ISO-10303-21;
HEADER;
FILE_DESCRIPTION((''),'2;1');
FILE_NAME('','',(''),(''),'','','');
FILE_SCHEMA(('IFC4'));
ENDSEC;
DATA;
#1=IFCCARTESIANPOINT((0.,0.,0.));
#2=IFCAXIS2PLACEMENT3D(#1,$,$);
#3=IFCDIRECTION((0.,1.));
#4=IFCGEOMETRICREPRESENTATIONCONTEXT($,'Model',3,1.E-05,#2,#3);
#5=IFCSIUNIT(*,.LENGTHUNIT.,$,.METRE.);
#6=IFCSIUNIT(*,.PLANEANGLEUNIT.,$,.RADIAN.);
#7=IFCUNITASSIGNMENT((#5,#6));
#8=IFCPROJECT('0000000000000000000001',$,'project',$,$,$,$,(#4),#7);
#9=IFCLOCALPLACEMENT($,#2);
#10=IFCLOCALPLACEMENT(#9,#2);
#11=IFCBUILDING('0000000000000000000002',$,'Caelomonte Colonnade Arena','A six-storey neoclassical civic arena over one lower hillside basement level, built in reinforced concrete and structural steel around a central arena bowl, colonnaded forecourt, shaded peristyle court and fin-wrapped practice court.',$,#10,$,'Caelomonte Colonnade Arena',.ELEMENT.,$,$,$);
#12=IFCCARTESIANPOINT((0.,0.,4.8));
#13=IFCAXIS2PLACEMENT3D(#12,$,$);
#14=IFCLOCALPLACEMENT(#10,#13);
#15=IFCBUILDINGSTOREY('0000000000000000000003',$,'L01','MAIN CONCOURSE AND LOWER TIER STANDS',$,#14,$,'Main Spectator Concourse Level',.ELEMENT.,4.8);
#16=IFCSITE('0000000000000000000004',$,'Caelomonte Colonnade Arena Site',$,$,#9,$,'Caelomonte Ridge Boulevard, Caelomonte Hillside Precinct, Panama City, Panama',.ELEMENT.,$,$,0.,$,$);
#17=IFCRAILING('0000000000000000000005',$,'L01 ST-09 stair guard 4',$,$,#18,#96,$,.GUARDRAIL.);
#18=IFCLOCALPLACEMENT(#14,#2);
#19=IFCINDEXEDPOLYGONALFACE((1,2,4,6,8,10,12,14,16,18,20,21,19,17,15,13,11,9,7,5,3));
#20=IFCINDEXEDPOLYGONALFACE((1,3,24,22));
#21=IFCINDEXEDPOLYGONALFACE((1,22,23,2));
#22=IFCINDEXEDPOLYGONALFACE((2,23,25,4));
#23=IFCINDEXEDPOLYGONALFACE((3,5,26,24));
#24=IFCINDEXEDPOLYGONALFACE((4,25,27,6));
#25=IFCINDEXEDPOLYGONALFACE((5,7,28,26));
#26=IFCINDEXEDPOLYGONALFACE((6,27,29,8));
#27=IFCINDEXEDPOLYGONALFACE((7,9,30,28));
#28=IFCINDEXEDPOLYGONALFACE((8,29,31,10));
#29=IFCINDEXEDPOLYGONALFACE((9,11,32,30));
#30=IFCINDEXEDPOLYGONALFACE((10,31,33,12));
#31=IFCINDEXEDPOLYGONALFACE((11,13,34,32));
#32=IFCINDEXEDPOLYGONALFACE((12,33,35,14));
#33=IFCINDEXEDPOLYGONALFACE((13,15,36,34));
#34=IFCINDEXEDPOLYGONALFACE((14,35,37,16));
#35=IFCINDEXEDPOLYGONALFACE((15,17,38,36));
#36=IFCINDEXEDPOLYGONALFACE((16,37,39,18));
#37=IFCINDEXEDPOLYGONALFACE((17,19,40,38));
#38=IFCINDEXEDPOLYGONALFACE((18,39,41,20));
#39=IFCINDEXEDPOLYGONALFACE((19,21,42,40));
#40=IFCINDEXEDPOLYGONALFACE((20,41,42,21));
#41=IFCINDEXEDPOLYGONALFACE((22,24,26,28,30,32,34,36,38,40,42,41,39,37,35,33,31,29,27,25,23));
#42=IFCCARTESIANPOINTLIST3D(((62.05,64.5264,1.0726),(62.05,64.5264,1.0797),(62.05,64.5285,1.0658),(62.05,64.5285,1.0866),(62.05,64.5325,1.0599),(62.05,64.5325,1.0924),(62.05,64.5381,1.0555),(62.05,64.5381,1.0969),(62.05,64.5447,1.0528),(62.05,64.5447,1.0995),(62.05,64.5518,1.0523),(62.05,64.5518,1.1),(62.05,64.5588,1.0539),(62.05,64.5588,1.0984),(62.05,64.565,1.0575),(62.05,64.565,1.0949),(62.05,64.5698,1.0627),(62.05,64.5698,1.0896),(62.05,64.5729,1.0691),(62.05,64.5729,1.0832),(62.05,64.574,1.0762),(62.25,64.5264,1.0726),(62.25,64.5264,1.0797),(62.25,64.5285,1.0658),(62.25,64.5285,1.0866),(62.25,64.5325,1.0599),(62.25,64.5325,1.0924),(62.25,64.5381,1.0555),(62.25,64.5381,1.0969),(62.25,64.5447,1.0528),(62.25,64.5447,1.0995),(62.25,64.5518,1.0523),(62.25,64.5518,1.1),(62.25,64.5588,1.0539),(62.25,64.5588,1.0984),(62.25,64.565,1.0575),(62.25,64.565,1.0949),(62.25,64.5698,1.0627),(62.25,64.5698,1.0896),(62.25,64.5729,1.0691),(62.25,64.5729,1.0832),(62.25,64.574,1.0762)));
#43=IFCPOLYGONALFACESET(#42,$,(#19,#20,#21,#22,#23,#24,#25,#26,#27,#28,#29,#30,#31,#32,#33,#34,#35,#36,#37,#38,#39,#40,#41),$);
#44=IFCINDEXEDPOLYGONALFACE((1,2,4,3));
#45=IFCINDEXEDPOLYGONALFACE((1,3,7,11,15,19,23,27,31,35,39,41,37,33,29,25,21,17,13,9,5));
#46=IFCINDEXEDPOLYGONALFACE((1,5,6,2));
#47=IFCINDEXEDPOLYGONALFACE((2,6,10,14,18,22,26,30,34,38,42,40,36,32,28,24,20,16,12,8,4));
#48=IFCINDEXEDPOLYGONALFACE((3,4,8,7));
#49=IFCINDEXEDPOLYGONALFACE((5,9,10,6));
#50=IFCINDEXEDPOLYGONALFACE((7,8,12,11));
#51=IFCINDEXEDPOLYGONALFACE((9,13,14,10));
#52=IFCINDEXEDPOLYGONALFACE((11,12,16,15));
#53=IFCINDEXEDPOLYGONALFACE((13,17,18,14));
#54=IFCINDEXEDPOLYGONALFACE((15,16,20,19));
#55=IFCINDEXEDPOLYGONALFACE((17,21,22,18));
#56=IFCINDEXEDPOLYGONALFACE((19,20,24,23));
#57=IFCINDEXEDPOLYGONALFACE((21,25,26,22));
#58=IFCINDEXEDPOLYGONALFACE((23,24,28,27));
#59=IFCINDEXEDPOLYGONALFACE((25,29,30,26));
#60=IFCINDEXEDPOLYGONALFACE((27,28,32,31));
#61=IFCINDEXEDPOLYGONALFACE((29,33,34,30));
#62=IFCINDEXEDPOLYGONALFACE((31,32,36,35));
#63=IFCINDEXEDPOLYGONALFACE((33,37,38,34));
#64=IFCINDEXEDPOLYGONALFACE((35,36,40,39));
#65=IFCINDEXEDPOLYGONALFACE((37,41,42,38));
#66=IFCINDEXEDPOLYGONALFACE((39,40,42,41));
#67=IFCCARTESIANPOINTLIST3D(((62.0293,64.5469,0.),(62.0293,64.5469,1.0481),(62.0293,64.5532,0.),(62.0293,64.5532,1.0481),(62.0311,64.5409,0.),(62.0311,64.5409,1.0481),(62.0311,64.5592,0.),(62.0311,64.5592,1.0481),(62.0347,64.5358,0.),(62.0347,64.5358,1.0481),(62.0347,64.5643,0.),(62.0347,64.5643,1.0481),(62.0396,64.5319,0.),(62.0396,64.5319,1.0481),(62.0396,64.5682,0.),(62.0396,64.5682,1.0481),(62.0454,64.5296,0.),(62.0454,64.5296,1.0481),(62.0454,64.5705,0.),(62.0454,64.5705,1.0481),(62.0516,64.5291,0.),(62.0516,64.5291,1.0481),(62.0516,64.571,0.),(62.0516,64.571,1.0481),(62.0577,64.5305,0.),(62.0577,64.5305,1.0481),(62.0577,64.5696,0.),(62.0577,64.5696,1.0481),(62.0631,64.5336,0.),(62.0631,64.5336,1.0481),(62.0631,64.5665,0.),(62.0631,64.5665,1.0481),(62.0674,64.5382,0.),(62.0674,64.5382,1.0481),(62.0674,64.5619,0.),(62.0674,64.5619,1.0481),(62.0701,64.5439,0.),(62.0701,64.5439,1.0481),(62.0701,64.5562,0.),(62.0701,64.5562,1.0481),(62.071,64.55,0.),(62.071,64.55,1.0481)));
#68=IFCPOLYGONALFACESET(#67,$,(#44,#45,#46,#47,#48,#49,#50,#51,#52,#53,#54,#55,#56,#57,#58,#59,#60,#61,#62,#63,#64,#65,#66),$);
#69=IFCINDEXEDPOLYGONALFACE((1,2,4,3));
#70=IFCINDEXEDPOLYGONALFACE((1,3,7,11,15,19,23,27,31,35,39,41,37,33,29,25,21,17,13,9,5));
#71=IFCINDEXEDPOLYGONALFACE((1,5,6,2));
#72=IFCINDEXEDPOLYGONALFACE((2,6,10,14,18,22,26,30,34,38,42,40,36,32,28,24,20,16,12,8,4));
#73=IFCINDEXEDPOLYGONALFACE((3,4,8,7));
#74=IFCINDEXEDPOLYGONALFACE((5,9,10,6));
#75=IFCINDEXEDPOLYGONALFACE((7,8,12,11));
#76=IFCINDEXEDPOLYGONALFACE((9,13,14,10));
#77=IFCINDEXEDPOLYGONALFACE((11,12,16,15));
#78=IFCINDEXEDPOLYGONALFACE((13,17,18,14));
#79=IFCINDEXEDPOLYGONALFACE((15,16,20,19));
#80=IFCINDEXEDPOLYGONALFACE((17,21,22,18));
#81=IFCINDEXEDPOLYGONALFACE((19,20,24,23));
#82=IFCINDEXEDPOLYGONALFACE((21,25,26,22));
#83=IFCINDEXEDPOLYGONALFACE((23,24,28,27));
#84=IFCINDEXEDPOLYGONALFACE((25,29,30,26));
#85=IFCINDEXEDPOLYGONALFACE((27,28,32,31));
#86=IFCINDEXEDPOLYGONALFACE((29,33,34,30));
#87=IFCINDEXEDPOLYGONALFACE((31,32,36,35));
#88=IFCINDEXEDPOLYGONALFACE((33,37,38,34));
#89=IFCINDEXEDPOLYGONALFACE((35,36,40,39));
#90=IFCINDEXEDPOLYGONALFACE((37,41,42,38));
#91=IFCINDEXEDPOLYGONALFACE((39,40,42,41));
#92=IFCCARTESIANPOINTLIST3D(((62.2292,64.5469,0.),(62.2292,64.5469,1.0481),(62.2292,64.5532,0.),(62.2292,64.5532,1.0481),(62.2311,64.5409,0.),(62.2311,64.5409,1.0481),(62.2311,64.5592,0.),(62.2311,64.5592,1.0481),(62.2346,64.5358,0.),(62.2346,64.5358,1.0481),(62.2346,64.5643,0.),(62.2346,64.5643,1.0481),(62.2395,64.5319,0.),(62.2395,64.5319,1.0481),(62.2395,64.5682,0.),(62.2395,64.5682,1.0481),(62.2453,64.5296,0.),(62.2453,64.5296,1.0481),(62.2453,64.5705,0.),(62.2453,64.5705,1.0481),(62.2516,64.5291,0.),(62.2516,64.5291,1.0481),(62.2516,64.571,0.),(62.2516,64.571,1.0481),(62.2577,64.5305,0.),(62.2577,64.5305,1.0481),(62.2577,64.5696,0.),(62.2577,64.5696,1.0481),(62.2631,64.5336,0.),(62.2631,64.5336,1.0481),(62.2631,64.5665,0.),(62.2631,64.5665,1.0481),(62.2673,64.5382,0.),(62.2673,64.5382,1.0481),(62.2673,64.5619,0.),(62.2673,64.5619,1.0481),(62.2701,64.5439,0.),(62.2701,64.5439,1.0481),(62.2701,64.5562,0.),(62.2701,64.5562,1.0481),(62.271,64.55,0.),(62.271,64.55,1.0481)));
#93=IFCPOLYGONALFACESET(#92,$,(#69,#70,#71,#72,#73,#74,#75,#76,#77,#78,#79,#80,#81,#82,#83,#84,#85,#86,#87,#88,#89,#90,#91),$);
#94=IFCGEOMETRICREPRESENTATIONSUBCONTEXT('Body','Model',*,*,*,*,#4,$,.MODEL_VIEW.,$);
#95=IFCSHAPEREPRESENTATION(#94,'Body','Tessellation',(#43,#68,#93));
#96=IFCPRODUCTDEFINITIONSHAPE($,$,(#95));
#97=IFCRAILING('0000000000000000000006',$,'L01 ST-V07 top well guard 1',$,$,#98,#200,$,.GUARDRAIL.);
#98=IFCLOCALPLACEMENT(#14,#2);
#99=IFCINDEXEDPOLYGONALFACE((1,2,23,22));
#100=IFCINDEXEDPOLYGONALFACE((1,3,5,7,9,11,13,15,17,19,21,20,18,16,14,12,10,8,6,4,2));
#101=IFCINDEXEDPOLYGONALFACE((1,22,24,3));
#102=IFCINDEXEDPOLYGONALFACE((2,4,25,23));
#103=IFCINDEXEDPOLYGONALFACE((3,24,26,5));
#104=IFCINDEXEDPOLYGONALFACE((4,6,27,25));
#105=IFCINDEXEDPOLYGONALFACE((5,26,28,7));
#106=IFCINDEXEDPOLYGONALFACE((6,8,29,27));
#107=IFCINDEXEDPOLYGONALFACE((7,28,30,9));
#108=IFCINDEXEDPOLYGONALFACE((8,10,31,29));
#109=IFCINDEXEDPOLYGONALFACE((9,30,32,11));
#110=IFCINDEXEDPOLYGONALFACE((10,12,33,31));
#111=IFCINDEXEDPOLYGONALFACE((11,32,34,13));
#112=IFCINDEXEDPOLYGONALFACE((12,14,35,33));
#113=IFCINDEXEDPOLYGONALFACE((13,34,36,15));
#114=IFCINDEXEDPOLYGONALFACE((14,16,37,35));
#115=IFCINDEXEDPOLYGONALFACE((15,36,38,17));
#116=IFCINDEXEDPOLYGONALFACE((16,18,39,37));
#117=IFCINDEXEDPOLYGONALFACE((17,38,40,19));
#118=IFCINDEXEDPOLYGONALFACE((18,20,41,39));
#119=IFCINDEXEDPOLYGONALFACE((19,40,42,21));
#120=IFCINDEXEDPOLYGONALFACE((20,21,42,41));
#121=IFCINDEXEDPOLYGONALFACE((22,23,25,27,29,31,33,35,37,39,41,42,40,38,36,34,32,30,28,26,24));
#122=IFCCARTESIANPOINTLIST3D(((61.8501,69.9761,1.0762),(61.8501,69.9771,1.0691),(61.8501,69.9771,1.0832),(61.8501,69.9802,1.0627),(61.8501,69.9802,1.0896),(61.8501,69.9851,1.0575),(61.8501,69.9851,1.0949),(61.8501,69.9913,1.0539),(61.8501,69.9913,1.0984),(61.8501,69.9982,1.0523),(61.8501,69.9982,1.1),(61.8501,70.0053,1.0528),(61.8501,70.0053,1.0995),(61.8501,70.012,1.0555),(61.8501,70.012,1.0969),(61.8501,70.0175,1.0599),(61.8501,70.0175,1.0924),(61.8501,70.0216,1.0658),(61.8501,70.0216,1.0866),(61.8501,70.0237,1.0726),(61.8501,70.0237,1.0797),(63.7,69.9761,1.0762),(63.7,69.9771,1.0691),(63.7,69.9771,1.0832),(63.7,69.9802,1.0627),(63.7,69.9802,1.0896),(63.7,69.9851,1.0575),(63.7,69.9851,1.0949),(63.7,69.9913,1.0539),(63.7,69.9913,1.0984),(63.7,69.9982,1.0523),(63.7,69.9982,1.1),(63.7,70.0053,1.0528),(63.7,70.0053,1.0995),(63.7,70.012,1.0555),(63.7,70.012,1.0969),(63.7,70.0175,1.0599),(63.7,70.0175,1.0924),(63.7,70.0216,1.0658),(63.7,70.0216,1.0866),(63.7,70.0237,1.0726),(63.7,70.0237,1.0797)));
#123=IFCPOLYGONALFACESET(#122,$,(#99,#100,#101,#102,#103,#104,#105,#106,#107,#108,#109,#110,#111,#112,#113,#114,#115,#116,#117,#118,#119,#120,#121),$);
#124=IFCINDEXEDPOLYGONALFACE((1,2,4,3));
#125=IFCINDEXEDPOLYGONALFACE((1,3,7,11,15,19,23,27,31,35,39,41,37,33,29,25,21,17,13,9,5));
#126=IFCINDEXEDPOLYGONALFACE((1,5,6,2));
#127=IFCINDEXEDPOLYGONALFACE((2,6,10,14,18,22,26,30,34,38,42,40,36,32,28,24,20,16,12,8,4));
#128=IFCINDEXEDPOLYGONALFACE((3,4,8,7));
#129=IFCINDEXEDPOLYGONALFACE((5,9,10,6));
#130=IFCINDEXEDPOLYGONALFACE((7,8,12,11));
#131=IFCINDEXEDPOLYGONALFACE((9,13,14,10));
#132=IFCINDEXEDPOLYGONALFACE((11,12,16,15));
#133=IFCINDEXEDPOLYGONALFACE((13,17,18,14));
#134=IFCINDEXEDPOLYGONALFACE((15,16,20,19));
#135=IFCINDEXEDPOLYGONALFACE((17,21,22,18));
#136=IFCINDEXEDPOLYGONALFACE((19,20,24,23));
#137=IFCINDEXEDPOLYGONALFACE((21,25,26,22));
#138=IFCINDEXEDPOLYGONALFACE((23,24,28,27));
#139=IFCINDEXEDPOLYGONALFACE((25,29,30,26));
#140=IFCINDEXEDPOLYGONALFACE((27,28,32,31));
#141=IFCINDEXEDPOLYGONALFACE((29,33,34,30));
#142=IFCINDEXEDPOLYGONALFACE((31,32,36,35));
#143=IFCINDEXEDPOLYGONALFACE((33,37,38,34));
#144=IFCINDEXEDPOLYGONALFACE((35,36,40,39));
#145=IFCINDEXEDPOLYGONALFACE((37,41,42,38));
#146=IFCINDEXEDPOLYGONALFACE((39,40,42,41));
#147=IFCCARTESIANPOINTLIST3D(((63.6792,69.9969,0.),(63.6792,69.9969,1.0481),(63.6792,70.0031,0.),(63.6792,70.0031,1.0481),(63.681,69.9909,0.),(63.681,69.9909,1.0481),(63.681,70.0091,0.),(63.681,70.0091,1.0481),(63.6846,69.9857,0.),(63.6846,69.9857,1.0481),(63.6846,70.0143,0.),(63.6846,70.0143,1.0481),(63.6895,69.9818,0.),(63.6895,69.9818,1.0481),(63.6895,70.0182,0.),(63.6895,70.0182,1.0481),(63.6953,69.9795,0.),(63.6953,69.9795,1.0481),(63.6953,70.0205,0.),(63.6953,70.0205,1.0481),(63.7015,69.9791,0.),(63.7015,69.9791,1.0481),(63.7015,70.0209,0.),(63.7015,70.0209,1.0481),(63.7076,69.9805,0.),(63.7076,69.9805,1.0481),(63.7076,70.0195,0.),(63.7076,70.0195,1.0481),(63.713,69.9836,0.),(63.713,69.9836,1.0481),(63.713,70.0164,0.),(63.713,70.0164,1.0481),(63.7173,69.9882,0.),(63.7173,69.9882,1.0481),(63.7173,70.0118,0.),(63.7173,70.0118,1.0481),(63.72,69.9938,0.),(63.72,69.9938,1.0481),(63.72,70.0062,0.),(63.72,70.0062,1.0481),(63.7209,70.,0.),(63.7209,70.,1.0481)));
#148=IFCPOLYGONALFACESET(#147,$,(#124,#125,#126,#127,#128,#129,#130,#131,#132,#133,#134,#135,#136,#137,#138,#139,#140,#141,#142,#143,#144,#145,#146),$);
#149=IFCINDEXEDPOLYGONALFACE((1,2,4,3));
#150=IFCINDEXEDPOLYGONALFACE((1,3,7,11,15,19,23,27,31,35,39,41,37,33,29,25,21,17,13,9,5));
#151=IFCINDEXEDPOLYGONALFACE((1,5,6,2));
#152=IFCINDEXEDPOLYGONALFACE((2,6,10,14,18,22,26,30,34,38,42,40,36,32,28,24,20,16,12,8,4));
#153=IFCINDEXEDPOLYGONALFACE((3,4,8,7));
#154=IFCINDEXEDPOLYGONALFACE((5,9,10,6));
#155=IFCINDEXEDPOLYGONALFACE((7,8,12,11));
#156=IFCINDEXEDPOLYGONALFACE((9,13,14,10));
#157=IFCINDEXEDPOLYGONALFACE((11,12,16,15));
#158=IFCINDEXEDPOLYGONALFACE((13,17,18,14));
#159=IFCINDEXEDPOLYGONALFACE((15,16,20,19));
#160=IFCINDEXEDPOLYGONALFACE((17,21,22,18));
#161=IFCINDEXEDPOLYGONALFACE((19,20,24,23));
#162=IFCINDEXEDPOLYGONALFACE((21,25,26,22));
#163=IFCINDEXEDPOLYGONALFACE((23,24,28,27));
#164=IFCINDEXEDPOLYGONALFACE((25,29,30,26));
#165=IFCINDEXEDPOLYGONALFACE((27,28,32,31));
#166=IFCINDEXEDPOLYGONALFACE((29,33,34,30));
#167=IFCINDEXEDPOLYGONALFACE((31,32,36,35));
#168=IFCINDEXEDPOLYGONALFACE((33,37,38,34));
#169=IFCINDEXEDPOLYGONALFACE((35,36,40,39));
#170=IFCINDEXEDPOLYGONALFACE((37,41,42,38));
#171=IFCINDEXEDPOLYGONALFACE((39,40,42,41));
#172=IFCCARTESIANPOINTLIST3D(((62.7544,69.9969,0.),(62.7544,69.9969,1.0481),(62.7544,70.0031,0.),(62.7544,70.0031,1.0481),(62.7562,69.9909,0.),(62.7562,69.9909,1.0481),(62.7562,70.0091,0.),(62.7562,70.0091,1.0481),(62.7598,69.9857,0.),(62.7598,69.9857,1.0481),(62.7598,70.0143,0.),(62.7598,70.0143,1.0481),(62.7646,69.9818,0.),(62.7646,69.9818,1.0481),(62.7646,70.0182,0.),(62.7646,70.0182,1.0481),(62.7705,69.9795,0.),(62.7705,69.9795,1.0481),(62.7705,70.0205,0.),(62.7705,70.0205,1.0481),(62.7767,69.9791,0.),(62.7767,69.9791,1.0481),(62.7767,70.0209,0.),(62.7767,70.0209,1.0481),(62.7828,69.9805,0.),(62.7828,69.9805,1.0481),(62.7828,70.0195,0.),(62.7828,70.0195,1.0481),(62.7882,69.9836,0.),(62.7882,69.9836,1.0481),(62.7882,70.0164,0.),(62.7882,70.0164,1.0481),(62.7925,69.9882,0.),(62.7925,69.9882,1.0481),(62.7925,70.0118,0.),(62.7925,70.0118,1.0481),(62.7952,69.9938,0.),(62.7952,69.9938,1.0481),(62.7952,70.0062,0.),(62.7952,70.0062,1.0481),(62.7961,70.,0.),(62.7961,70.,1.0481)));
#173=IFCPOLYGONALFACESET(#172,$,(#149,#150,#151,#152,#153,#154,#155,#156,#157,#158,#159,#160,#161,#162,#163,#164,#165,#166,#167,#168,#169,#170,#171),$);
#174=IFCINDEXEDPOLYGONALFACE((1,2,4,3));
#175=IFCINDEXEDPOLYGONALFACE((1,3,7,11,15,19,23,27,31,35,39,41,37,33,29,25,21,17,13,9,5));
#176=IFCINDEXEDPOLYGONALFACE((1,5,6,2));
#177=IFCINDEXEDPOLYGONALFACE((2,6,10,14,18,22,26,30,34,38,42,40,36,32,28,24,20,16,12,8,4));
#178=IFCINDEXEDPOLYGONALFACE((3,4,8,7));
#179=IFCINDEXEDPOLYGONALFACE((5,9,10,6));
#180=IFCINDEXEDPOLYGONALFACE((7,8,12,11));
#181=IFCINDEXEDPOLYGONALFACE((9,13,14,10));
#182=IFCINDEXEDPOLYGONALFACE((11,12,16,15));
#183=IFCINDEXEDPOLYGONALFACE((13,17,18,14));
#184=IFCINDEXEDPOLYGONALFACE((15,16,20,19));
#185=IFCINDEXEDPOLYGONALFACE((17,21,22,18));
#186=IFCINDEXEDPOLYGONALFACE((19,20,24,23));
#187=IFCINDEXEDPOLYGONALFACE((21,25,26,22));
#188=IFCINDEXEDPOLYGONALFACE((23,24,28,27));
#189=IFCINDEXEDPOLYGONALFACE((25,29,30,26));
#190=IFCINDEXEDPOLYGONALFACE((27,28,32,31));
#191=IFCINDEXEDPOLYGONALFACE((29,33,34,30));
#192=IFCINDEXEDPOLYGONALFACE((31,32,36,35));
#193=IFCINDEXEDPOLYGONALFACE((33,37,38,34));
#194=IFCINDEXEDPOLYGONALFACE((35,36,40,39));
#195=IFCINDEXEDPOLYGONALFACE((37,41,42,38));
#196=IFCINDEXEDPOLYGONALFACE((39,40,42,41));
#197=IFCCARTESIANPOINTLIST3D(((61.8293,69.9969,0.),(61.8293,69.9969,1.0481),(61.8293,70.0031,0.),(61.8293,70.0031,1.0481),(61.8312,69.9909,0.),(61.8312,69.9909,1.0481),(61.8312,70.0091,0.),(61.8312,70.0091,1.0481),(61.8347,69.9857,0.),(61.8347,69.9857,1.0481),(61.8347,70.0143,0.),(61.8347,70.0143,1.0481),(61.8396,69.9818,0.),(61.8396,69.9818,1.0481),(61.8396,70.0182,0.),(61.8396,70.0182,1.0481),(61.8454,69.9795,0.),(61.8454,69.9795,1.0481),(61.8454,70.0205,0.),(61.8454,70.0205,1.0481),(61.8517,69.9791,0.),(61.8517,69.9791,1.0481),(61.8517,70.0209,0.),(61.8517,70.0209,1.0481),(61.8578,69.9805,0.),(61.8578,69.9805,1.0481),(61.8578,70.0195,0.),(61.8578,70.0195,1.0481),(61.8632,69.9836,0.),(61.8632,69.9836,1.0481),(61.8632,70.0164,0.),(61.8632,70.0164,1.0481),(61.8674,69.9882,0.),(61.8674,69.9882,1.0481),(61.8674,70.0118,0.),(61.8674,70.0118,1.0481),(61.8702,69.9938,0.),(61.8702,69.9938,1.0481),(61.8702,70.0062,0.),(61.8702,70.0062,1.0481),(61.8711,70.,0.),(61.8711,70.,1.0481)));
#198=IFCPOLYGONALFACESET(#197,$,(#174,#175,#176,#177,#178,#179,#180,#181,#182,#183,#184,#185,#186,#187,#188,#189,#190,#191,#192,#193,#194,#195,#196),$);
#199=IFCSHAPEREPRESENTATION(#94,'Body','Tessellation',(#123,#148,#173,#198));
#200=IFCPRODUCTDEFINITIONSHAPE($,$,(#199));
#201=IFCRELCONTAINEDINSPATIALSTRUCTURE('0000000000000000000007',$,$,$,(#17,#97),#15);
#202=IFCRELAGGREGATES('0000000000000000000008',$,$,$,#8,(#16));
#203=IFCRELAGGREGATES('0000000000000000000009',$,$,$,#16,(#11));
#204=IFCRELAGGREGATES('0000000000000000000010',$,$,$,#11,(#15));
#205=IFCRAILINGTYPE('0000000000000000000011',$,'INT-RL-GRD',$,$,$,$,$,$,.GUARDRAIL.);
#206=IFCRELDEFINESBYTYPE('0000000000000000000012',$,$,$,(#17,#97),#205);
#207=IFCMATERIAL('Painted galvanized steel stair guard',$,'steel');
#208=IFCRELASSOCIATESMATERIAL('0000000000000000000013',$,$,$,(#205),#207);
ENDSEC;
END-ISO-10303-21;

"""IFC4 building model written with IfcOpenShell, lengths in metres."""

from ifc_helpers import new_model, si_unit, direction, frame, origin, origin_2d, place, context, subcontext, project, spatial, circle, extrude, material, type_object, element, save


model = new_model("IFC4")

# Units and contexts
model_context = context("Model", 3, precision=1e-05, world=origin(), true_north=direction((0.0, 1.0)))
body_context = subcontext(model_context, "Body", "Model", "MODEL_VIEW")
ifc_project = project(units=[si_unit("LENGTHUNIT", "METRE"), si_unit("PLANEANGLEUNIT", "RADIAN")], contexts=[model_context])

# Site, building, storey
site_placement = place(None, origin())
site = spatial("IfcSite", under=ifc_project, at=site_placement, Name="Caelomonte Colonnade Arena Site", LongName="Caelomonte Ridge Boulevard, Caelomonte Hillside Precinct, Panama City, Panama", CompositionType="ELEMENT", RefElevation=0.0)
building_placement = place(site_placement, origin())
building = spatial("IfcBuilding", under=site, at=building_placement, Name="Caelomonte Colonnade Arena", Description="A six-storey neoclassical civic arena over one lower hillside basement level, built in reinforced concrete and structural steel around a central arena bowl, colonnaded forecourt, shaded peristyle court and fin-wrapped practice court.", LongName="Caelomonte Colonnade Arena", CompositionType="ELEMENT")
storey_placement = place(building_placement, frame((0.0, 0.0, 4.8)))
storey = spatial("IfcBuildingStorey", under=building, at=storey_placement, Name="L01", Description="MAIN CONCOURSE AND LOWER TIER STANDS", LongName="Main Spectator Concourse Level", CompositionType="ELEMENT", Elevation=4.8)

# Railings
ifc_material_1 = material(Name="Painted galvanized steel stair guard", Category="steel")
railing_type = type_object("IfcRailingType", Name="INT-RL-GRD", PredefinedType="GUARDRAIL", material=ifc_material_1)
railing_1_placement = place(storey_placement, frame((62.05, 64.55, 0.0)))
element("IfcRailing", 1, at=railing_1_placement, inside=storey, type_object=railing_type, Name="L01 ST-09 stair guard 4", PredefinedType="GUARDRAIL", context=body_context, shape_type="SweptSolid", body=[
    extrude(circle(Radius=0.0239, at=origin_2d()), frame((0.0, 0.0, 1.0762), z_axis=(1.0, 0.0, 0.0), x_axis=(0.0, 1.0, 0.0)), (0.0, 0.0, 1.0), 0.2),
    extrude(circle(Radius=0.021, at=origin_2d()), origin(), (0.0, 0.0, 1.0), 1.0481),
    extrude(circle(Radius=0.021, at=origin_2d()), frame((0.2, 0.0, 0.0)), (0.0, 0.0, 1.0), 1.0481),
])
railing_2_placement = place(storey_placement, frame((63.7, 70.0, 0.0)))
element("IfcRailing", 2, at=railing_2_placement, inside=storey, type_object=railing_type, Name="L01 ST-V07 top well guard 1", PredefinedType="GUARDRAIL", context=body_context, shape_type="SweptSolid", body=[
    extrude(circle(Radius=0.0239, at=origin_2d()), frame((0.0, 0.0, 1.0762), z_axis=(-1.0, 0.0, 0.0), x_axis=(0.0, -1.0, 0.0)), (0.0, 0.0, 1.0), 1.8499),
    extrude(circle(Radius=0.021, at=origin_2d()), origin(), (0.0, 0.0, 1.0), 1.0481),
    extrude(circle(Radius=0.021, at=origin_2d()), frame((-0.9248, 0.0, 0.0)), (0.0, 0.0, 1.0), 1.0481),
    extrude(circle(Radius=0.021, at=origin_2d()), frame((-1.8499, 0.0, 0.0)), (0.0, 0.0, 1.0), 1.0481),
])

save(model, "model.ifc")
